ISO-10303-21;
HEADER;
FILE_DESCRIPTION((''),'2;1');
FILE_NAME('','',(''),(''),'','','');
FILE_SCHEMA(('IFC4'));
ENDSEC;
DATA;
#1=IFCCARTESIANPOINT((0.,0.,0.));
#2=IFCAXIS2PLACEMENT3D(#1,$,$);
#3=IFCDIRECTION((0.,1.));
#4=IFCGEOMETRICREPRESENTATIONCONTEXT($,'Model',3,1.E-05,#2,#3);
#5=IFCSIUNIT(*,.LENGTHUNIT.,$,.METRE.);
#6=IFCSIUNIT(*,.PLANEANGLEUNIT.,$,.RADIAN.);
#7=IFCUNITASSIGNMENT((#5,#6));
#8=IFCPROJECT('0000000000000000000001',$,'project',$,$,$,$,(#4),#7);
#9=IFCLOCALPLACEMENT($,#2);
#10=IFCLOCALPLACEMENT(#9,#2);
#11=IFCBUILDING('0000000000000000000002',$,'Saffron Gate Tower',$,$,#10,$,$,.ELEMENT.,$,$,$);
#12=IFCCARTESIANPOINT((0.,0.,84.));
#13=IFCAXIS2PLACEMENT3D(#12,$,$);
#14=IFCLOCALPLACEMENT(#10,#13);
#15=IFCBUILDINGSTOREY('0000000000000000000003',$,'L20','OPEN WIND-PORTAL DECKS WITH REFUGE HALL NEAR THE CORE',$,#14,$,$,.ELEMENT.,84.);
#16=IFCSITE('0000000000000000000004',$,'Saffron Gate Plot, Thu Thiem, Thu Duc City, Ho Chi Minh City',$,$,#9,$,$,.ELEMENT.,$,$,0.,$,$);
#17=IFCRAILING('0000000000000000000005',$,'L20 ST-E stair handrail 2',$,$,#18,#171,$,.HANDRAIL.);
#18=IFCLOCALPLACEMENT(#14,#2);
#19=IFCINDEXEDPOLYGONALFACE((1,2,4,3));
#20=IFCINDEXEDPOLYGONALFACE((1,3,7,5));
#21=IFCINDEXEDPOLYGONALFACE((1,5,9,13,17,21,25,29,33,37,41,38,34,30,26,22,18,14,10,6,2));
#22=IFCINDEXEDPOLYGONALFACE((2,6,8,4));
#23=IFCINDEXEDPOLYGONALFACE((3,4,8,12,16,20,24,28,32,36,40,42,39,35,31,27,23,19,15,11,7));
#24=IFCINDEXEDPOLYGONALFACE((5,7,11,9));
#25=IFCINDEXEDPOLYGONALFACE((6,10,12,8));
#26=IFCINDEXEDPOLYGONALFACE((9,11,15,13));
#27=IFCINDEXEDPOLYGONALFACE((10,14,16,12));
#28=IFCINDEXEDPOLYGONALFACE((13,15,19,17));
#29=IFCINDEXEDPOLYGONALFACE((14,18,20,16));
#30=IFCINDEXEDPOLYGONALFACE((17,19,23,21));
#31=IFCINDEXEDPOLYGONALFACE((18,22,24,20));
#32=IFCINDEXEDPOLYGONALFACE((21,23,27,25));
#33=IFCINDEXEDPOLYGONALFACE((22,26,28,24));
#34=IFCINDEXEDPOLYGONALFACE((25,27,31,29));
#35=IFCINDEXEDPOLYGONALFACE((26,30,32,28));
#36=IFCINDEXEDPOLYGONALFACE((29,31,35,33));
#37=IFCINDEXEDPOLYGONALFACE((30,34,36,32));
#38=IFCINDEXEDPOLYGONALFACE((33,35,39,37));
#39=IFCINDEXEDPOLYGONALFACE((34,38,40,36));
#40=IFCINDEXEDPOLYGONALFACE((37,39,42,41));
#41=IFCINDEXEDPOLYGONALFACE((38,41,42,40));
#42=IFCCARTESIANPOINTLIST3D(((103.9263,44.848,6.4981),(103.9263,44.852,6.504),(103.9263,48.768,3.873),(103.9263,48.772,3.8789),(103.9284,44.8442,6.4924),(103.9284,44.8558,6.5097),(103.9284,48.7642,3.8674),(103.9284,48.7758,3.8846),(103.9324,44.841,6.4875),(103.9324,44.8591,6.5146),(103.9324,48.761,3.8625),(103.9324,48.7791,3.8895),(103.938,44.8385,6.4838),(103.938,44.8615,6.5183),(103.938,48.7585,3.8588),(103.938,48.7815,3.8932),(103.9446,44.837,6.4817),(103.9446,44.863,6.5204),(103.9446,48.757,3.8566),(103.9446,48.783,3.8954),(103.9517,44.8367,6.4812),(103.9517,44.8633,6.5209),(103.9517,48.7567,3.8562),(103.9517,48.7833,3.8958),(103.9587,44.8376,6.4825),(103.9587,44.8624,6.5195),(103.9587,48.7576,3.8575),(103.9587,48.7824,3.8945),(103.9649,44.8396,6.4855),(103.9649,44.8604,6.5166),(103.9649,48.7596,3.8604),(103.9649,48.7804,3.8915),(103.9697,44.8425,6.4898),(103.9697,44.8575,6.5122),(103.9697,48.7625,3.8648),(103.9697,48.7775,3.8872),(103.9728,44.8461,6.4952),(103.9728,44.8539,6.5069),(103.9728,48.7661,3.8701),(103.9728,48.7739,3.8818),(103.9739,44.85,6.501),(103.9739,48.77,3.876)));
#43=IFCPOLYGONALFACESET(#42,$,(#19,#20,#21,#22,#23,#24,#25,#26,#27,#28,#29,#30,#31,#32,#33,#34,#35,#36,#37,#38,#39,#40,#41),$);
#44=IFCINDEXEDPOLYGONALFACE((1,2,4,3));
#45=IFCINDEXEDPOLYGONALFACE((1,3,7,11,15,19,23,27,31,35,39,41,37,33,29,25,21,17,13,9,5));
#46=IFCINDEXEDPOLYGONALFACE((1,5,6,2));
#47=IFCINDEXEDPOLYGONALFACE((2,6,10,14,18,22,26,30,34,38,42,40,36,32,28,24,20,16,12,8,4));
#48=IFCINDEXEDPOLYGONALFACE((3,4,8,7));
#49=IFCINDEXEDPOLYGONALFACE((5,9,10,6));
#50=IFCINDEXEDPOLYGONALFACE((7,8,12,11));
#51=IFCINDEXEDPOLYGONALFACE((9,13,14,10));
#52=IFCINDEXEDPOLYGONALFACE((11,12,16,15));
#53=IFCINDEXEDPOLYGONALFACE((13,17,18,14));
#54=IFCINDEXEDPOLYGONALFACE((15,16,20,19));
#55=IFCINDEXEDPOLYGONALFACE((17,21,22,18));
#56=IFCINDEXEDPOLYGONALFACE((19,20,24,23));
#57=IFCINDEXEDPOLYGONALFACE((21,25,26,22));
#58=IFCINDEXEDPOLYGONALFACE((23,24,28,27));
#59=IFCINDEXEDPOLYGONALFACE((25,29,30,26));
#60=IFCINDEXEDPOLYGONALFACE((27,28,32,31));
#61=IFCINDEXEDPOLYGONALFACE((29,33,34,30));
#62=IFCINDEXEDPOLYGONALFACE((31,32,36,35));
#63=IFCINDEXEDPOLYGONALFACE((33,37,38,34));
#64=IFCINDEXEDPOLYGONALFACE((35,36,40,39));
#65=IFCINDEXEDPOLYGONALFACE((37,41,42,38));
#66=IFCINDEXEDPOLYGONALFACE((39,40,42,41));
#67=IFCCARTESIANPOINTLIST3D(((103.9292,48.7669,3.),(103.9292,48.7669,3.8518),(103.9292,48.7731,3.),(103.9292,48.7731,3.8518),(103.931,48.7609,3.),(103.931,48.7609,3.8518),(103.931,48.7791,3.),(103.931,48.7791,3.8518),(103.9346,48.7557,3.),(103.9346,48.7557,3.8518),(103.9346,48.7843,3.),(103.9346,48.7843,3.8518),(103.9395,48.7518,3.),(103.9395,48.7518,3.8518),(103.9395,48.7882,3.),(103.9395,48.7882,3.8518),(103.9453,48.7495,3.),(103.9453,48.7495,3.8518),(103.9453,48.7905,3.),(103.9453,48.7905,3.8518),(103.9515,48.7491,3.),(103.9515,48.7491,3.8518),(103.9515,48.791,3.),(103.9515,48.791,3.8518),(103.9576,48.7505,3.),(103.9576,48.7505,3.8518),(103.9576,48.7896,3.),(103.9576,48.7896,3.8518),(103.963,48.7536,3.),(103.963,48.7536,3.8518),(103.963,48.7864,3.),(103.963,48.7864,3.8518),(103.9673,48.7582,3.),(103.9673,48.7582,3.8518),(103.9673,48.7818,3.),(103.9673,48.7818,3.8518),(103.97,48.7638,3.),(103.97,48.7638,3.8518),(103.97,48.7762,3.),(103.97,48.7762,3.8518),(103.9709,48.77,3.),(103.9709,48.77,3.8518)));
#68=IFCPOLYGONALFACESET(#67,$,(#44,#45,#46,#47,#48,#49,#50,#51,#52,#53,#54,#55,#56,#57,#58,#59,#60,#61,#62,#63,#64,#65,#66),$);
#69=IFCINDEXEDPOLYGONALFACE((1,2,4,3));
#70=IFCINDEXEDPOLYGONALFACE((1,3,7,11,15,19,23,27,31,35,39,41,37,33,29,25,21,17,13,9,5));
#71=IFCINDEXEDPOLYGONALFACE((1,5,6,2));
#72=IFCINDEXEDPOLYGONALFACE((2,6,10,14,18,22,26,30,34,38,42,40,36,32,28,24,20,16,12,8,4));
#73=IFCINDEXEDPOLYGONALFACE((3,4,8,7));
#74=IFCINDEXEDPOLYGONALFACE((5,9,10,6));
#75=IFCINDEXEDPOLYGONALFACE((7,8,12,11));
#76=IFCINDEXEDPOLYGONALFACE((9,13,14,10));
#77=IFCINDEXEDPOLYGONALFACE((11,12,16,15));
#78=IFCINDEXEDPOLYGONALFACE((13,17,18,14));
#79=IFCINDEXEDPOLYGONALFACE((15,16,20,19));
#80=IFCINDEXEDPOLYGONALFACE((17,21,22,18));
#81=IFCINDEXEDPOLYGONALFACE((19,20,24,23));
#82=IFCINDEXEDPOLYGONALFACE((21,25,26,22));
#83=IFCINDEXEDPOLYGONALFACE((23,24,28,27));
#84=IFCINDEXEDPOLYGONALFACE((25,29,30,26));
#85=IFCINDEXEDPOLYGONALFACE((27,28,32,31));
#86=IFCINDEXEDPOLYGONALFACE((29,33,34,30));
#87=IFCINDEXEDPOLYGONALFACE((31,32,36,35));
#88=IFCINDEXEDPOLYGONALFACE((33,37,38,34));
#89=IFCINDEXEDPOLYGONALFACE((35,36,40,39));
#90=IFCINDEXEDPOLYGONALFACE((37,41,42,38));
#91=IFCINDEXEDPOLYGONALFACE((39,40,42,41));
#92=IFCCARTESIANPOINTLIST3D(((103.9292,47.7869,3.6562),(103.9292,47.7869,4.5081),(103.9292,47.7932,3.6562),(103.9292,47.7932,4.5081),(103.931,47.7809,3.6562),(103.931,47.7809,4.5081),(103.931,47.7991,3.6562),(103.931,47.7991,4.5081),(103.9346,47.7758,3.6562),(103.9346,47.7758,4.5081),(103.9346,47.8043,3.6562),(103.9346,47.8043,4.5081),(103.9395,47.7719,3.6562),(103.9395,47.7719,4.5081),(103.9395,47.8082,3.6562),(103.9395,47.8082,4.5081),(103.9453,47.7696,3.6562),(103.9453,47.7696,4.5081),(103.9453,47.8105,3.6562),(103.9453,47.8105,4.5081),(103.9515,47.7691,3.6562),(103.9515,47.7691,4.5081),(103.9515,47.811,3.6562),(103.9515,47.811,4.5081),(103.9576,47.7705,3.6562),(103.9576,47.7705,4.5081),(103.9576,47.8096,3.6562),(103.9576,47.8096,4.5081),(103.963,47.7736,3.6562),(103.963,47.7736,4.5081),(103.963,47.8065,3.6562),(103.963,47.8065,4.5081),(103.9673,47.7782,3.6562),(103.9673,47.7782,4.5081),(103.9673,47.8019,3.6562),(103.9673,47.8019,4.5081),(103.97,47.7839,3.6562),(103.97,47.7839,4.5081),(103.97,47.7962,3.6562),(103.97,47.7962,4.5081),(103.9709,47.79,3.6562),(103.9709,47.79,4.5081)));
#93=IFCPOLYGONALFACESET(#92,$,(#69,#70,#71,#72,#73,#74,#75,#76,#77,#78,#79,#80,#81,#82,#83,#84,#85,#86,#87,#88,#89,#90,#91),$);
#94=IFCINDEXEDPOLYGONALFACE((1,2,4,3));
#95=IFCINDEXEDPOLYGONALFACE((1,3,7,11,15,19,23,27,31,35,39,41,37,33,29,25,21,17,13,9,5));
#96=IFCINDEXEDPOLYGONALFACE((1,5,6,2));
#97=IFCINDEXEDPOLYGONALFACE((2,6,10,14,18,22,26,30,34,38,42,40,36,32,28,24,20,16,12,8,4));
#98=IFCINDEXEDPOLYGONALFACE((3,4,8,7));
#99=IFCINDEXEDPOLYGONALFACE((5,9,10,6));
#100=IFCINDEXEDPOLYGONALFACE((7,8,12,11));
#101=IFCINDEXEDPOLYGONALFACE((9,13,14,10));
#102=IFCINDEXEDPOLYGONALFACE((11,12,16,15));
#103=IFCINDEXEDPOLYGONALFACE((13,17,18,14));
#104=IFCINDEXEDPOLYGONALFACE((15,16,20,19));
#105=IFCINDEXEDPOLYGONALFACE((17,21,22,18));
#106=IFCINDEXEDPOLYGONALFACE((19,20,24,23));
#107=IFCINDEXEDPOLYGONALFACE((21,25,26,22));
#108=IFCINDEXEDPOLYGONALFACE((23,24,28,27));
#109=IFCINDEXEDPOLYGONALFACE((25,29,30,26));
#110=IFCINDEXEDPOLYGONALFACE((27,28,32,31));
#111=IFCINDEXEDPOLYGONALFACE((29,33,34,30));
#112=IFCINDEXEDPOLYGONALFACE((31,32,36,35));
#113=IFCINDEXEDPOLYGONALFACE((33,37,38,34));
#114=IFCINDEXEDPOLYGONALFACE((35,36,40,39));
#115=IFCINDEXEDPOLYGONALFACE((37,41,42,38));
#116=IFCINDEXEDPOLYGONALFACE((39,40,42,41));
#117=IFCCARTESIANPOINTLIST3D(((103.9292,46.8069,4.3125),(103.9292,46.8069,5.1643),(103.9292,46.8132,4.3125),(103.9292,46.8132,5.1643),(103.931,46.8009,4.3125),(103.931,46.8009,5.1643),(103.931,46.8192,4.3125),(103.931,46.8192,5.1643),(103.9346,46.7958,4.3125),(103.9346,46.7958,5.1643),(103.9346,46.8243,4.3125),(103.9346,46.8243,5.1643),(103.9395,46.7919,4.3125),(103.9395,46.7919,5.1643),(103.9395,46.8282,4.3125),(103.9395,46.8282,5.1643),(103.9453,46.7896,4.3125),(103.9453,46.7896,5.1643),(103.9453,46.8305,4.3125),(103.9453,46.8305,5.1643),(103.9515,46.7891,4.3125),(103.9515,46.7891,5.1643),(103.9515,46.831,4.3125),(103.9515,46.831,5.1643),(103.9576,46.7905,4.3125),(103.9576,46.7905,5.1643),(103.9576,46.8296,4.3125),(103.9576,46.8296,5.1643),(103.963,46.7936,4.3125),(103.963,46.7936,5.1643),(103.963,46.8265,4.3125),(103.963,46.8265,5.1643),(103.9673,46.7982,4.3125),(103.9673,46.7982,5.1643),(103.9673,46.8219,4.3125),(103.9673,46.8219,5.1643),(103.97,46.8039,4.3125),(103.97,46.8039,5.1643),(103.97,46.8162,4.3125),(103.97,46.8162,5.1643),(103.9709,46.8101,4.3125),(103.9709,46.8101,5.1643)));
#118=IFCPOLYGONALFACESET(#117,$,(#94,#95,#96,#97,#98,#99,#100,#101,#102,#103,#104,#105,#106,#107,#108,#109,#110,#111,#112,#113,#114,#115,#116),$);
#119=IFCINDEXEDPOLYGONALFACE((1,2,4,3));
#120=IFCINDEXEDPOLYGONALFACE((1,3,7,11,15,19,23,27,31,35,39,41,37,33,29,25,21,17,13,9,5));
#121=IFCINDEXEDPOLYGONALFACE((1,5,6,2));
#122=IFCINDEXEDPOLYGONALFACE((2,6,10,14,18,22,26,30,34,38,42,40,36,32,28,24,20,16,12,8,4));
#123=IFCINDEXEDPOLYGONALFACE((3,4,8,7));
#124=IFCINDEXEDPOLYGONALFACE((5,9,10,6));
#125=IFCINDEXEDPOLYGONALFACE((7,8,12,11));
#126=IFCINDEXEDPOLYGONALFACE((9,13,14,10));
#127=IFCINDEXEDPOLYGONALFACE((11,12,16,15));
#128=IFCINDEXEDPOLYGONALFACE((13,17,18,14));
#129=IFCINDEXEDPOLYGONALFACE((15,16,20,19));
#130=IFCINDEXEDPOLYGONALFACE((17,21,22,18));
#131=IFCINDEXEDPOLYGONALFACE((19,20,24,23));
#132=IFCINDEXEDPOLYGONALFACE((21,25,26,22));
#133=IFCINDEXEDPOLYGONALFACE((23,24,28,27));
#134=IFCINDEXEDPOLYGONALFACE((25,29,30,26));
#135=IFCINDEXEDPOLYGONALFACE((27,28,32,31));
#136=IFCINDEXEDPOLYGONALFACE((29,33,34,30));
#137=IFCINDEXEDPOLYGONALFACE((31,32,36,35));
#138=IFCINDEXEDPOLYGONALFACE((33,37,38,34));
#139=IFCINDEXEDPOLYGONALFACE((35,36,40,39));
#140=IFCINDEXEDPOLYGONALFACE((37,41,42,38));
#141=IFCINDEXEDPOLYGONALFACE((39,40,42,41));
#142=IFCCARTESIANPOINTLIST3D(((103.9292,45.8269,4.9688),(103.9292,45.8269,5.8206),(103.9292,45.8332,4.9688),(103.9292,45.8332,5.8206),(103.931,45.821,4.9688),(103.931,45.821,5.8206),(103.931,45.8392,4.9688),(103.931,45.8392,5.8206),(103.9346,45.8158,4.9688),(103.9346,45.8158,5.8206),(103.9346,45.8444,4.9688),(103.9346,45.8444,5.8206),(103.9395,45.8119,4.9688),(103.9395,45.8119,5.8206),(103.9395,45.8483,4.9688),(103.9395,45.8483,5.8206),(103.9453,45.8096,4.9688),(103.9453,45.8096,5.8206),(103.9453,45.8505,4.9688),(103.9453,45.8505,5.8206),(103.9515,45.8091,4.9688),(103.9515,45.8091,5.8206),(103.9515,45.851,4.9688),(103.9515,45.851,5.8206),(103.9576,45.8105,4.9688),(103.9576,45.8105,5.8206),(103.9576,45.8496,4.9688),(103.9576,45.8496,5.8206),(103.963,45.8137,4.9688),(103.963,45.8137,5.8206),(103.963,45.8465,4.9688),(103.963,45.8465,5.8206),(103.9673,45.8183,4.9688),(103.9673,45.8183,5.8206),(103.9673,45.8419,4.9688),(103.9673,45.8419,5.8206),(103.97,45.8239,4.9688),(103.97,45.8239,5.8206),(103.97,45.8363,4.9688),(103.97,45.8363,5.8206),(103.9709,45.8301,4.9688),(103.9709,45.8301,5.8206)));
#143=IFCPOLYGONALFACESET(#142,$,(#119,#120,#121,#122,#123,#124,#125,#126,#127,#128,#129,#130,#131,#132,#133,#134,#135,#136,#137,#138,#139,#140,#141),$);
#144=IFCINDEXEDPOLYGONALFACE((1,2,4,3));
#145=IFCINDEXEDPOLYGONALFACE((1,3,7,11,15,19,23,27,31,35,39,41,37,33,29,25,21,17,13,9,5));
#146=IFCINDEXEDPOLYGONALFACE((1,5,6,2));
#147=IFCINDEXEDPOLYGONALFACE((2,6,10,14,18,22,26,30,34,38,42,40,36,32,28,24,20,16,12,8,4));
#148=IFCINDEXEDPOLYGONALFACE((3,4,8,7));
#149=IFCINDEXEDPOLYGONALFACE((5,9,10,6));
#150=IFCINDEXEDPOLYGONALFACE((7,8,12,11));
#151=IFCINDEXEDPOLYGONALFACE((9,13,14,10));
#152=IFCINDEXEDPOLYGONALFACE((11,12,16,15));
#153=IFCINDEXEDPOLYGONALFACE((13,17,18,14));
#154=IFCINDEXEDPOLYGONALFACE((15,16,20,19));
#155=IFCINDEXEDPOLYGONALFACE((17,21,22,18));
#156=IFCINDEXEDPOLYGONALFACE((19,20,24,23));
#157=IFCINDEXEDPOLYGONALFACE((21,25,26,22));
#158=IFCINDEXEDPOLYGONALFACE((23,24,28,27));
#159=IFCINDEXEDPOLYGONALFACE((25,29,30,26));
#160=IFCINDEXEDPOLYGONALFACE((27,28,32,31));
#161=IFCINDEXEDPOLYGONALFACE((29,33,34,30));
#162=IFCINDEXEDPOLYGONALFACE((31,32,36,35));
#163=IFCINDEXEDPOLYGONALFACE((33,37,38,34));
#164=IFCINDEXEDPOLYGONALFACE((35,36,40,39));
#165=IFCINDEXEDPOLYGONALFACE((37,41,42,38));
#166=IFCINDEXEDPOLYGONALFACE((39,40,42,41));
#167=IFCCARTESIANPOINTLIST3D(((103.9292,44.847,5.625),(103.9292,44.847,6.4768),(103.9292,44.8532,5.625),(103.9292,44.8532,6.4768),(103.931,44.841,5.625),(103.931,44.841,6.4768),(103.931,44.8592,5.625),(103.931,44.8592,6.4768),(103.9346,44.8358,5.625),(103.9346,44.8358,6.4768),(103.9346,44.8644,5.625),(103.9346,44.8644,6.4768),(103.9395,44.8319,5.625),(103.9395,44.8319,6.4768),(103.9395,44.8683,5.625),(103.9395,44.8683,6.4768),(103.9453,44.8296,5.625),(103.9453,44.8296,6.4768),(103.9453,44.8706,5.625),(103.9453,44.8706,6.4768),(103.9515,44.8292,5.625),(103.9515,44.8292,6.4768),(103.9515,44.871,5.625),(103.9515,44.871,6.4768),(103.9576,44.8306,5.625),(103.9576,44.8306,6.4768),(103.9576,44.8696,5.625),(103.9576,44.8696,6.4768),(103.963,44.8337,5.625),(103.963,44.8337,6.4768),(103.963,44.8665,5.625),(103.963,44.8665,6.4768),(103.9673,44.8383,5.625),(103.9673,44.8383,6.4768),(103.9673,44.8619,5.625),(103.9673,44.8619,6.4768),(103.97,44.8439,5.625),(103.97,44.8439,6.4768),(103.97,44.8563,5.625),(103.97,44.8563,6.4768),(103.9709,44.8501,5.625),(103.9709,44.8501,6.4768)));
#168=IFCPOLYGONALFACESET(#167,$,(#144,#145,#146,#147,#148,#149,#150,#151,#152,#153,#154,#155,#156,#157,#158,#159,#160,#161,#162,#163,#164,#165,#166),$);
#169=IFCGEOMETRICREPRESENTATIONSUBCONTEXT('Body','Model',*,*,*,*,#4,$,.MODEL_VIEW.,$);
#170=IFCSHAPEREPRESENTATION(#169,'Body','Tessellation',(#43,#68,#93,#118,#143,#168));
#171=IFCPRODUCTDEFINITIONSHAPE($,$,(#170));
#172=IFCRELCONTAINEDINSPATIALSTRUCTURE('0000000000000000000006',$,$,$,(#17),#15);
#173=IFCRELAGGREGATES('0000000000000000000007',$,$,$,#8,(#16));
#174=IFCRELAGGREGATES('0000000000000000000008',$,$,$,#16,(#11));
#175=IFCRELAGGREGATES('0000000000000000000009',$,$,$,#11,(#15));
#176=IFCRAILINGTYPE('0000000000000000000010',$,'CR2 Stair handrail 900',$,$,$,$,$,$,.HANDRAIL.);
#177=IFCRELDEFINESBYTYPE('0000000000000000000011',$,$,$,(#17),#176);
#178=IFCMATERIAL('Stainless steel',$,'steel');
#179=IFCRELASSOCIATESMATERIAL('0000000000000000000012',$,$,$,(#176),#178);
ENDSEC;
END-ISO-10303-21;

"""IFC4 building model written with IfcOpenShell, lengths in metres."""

from ifc_helpers import new_model, si_unit, direction, frame, origin, origin_2d, place, context, subcontext, project, spatial, circle, extrude, material, type_object, element, save


model = new_model("IFC4")

# Units and contexts
model_context = context("Model", 3, precision=1e-05, world=origin(), true_north=direction((0.0, 1.0)))
body_context = subcontext(model_context, "Body", "Model", "MODEL_VIEW")
ifc_project = project(units=[si_unit("LENGTHUNIT", "METRE"), si_unit("PLANEANGLEUNIT", "RADIAN")], contexts=[model_context])

# Site, building, storey
site_placement = place(None, origin())
site = spatial("IfcSite", under=ifc_project, at=site_placement, Name="Saffron Gate Plot, Thu Thiem, Thu Duc City, Ho Chi Minh City", CompositionType="ELEMENT", RefElevation=0.0)
building_placement = place(site_placement, origin())
building = spatial("IfcBuilding", under=site, at=building_placement, Name="Saffron Gate Tower", CompositionType="ELEMENT")
storey_placement = place(building_placement, frame((0.0, 0.0, 84.0)))
storey = spatial("IfcBuildingStorey", under=building, at=storey_placement, Name="L20", Description="OPEN WIND-PORTAL DECKS WITH REFUGE HALL NEAR THE CORE", CompositionType="ELEMENT", Elevation=84.0)

# Railing
ifc_material_1 = material(Name="Stainless steel", Category="steel")
railing_type_1 = type_object("IfcRailingType", Name="CR2 Stair handrail 900", PredefinedType="HANDRAIL", material=ifc_material_1)
railing_1_placement = place(storey_placement, frame((103.95, 48.77, 3.0)))
element("IfcRailing", 1, at=railing_1_placement, inside=storey, type_object=railing_type_1, Name="L20 ST-E stair handrail 2", PredefinedType="HANDRAIL", context=body_context, shape_type="SweptSolid", body=[
    extrude(circle(Radius=0.0239, at=origin_2d()), frame((0.0, 0.0, 0.876), z_axis=(0.0, -0.830902, 0.556419), x_axis=(1.0, 0.0, 0.0)), (0.0, 0.0, 1.0), 4.7178),
    extrude(circle(Radius=0.021, at=origin_2d()), origin(), (0.0, 0.0, 1.0), 0.8518),
    extrude(circle(Radius=0.021, at=origin_2d()), frame((0.0, -0.98, 0.6562)), (0.0, 0.0, 1.0), 0.8518),
    extrude(circle(Radius=0.021, at=origin_2d()), frame((0.0, -1.96, 1.3125)), (0.0, 0.0, 1.0), 0.8518),
    extrude(circle(Radius=0.021, at=origin_2d()), frame((0.0, -2.9399, 1.9688)), (0.0, 0.0, 1.0), 0.8518),
    extrude(circle(Radius=0.021, at=origin_2d()), frame((0.0, -3.9199, 2.625)), (0.0, 0.0, 1.0), 0.8518),
])

save(model, "model.ifc")
